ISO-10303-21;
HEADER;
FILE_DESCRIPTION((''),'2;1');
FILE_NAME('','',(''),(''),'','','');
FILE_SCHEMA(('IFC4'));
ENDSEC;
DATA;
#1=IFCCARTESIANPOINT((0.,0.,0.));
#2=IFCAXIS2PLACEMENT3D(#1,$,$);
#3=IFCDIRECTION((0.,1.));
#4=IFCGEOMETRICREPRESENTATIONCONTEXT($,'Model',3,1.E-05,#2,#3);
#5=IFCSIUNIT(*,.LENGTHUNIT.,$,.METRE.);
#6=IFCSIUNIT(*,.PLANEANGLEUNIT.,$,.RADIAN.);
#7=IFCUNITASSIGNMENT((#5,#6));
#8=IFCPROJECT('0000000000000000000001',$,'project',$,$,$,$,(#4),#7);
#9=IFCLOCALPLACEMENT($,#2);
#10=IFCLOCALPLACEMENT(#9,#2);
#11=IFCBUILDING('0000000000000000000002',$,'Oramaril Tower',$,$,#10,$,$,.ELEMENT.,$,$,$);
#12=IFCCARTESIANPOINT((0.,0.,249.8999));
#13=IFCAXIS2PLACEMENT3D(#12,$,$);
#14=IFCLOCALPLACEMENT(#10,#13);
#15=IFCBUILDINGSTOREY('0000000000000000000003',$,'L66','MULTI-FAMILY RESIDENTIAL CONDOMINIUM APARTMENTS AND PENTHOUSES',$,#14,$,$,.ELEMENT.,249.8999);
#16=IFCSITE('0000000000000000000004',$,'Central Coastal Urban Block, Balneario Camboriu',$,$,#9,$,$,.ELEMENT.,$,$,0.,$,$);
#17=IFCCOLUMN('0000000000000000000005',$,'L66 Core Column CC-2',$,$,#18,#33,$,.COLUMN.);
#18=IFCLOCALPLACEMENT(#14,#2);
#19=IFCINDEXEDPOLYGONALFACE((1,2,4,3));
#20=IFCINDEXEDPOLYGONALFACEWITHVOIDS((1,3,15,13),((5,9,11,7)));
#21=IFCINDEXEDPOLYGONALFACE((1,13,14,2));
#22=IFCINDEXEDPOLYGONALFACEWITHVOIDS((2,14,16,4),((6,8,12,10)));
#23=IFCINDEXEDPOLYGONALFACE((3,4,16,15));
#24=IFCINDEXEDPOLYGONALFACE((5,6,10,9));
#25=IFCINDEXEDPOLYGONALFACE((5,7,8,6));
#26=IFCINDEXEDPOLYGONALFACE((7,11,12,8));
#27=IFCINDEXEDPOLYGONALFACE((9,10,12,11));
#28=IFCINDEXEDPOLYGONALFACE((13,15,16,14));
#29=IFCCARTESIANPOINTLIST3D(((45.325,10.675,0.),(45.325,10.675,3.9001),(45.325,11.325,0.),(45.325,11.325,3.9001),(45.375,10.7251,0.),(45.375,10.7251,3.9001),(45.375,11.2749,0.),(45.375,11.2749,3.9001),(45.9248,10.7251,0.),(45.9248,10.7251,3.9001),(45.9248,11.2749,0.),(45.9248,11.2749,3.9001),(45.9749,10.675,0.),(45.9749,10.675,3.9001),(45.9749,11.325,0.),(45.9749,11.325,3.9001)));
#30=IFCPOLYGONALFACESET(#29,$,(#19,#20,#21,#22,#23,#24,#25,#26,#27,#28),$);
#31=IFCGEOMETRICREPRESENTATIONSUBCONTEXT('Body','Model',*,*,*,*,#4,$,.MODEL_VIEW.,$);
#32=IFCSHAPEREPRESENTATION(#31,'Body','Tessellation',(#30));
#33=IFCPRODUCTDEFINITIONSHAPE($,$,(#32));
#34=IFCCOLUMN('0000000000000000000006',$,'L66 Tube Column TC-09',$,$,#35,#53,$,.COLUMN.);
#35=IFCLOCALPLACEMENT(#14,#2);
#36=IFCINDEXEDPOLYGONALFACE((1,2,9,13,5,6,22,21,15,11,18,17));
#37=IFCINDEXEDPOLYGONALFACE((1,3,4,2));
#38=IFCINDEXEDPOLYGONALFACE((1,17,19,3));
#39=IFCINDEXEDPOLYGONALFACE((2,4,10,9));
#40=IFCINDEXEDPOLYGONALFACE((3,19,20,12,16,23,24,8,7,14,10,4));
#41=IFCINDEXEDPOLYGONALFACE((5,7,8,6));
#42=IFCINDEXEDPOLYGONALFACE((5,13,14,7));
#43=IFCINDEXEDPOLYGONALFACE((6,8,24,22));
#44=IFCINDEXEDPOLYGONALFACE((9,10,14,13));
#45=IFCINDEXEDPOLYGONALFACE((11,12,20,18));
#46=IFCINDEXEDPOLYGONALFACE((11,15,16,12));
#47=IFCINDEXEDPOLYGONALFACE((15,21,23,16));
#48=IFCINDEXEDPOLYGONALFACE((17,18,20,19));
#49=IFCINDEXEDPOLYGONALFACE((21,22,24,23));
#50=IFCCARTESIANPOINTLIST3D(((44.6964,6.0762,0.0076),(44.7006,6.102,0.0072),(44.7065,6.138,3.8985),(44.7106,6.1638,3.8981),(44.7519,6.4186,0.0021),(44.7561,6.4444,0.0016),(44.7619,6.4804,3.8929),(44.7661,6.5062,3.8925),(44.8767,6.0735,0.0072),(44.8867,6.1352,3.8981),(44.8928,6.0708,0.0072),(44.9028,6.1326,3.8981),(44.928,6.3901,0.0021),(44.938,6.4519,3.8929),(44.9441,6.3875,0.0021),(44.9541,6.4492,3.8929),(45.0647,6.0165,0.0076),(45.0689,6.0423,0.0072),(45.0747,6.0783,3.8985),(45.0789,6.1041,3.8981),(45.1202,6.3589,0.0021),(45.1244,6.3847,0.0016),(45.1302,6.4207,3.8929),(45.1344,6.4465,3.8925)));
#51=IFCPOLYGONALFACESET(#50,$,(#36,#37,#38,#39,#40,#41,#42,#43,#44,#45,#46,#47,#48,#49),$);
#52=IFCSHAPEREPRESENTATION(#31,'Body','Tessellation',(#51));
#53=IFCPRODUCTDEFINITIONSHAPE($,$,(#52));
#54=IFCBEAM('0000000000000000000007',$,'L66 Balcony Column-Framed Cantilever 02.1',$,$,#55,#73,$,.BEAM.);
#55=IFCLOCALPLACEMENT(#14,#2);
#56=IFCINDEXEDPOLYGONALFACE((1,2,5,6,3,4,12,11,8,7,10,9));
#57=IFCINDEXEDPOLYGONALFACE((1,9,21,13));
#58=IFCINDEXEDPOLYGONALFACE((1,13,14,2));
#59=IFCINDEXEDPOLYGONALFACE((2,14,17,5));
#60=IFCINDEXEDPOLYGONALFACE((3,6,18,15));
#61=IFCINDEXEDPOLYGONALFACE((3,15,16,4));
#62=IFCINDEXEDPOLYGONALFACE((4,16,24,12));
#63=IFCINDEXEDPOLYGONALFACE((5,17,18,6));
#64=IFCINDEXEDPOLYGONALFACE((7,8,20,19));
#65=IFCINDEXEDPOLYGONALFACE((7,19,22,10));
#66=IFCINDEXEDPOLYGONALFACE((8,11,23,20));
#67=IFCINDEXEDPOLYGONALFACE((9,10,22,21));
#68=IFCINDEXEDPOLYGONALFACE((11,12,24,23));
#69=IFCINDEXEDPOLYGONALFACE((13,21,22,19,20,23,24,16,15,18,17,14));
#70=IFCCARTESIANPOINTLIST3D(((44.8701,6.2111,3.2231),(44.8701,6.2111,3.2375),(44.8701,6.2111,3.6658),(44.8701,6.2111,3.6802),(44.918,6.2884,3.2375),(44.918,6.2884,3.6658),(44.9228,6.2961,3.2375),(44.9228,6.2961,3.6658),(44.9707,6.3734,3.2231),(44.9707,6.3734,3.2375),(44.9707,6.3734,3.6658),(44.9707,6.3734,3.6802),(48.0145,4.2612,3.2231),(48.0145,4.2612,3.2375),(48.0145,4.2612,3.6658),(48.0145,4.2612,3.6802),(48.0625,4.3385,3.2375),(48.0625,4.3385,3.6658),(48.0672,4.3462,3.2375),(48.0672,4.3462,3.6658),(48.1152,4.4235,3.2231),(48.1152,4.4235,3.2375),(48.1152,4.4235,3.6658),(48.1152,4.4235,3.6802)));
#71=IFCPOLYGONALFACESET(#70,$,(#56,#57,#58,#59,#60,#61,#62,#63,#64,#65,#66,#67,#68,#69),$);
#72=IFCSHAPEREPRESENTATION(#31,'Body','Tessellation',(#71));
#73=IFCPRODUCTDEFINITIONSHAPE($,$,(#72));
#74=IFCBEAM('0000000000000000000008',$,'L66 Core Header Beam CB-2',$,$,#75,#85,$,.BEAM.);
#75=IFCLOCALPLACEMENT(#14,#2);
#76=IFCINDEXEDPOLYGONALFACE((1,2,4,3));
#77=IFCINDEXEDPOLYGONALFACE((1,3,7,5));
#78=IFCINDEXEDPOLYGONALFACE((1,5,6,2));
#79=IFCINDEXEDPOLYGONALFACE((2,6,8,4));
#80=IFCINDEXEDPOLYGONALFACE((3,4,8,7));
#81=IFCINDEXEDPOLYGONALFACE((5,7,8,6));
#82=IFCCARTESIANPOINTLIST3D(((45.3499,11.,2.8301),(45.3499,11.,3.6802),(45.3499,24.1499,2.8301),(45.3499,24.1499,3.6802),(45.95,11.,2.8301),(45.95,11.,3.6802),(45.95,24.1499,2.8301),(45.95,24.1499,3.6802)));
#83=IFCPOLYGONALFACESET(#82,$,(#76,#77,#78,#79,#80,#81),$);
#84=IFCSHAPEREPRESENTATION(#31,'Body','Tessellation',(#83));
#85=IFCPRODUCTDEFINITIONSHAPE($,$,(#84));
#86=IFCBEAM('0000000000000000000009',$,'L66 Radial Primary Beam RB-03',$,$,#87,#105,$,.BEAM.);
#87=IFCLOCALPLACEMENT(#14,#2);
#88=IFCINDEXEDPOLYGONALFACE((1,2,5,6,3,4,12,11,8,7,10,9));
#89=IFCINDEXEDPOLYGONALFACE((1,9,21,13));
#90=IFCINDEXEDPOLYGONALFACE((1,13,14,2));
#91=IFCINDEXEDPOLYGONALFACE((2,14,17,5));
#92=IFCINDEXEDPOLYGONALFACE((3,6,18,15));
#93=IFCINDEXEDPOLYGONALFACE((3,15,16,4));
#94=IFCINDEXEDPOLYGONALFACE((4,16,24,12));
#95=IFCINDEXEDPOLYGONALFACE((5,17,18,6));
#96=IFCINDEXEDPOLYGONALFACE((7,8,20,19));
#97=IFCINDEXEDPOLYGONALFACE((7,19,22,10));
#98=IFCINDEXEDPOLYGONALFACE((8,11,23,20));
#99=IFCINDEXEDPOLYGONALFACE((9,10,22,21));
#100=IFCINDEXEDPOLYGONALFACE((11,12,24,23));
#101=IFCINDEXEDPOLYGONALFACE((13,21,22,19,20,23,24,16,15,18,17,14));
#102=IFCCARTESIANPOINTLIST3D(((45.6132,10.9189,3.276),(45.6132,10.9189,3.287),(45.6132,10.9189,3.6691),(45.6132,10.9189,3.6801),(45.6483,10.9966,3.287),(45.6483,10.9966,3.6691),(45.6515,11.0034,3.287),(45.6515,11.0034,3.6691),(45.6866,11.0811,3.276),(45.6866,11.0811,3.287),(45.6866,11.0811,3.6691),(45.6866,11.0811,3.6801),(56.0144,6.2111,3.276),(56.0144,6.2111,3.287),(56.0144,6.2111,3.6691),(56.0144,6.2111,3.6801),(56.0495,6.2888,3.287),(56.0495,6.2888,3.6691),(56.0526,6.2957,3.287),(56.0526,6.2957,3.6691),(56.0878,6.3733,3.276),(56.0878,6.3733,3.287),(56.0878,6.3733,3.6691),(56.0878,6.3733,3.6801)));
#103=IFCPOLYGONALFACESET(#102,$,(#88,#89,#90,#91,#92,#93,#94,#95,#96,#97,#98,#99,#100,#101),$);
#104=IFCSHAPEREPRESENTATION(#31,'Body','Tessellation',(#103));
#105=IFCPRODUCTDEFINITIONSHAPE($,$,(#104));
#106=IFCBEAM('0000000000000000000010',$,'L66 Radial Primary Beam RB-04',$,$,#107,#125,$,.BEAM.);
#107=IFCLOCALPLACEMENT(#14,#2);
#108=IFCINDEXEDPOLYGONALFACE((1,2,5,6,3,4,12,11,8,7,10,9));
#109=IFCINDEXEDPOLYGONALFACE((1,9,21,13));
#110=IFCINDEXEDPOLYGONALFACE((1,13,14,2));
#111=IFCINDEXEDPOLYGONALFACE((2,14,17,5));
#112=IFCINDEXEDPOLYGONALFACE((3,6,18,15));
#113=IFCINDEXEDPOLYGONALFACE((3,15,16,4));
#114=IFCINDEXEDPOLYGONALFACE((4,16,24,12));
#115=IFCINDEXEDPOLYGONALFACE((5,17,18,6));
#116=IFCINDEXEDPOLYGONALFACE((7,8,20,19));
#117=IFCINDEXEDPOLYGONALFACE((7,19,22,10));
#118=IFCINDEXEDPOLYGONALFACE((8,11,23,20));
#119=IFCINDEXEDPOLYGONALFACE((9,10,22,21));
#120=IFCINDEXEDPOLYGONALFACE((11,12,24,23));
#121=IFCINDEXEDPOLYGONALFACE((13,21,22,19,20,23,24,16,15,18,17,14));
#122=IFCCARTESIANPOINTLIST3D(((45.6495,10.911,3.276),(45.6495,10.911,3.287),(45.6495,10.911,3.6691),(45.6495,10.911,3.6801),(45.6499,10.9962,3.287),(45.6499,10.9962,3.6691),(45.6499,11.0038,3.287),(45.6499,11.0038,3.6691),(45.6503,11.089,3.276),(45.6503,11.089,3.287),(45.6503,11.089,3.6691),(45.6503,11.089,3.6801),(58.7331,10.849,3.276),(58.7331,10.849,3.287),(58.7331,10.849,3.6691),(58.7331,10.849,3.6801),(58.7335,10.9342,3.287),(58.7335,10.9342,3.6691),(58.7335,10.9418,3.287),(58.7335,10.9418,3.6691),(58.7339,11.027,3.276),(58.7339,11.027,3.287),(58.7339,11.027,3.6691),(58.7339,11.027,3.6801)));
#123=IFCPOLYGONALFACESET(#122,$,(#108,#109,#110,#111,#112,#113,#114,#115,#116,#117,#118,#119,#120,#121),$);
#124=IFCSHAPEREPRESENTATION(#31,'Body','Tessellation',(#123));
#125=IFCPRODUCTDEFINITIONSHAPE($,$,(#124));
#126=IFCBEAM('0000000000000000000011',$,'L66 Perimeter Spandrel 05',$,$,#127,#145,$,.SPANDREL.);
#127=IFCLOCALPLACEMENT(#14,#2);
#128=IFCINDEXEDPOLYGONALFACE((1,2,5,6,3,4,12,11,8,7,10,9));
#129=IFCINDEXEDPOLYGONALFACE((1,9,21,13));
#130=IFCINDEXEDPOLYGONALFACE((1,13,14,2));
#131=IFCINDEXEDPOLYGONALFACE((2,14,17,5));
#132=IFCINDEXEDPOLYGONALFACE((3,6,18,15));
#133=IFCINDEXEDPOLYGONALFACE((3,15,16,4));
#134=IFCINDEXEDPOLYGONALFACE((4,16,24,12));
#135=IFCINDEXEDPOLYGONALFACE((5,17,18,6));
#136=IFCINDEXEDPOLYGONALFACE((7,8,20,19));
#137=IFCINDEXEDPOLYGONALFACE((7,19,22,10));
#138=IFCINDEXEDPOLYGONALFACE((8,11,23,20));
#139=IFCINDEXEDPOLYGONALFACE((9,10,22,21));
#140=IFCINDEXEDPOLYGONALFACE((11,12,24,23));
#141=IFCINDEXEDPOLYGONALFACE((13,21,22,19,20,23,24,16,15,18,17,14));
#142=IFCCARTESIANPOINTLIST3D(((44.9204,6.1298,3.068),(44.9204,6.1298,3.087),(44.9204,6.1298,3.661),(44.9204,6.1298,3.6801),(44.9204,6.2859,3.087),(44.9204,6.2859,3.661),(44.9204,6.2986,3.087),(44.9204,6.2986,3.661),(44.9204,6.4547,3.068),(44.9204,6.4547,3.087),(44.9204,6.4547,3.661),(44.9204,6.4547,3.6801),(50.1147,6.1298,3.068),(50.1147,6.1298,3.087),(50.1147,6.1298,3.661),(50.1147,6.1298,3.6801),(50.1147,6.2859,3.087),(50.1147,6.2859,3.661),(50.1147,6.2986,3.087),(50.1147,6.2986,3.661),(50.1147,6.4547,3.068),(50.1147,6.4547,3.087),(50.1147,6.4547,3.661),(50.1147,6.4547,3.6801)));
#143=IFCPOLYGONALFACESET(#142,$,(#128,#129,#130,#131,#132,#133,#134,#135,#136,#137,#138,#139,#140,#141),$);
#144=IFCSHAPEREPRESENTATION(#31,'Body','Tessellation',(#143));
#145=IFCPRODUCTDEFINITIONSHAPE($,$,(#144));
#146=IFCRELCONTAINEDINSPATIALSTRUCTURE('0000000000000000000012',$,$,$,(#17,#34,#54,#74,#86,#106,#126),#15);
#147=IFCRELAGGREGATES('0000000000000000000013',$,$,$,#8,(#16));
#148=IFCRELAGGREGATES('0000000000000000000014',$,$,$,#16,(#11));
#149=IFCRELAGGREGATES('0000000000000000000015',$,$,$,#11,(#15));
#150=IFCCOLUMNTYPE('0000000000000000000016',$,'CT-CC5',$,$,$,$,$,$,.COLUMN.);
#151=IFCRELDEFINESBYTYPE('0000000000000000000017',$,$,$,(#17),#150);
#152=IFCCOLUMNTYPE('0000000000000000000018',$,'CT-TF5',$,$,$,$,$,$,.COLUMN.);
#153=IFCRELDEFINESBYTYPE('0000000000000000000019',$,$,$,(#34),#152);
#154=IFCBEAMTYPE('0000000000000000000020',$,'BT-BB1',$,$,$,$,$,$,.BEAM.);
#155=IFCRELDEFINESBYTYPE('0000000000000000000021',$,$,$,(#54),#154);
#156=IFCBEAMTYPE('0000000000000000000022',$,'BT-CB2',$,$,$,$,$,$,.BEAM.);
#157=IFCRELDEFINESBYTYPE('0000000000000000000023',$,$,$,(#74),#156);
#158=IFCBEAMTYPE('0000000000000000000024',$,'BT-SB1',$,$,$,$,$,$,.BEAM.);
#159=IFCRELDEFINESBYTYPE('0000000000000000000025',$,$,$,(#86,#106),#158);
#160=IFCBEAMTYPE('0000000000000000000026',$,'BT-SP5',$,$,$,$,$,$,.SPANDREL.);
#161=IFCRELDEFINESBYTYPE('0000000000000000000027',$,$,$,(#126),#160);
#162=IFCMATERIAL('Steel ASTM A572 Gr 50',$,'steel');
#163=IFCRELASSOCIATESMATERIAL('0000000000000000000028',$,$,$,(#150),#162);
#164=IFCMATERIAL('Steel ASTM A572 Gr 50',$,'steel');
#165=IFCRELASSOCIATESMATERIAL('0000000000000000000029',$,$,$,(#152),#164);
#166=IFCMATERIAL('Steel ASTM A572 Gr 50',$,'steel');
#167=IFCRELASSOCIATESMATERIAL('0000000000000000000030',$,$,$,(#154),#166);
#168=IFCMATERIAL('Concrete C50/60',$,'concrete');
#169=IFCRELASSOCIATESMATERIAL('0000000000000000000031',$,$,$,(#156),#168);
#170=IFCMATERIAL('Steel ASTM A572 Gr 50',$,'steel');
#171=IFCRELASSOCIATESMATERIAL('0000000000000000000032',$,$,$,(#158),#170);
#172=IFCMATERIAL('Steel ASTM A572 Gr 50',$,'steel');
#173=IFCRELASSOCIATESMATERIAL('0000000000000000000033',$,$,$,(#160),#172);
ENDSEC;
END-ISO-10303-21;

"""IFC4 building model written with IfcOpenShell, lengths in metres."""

from ifc_helpers import new_model, si_unit, direction, frame, origin, origin_2d, place, context, subcontext, project, spatial, rectangle, hollow_rectangle, i_section, extrude, material, material_profile, profile_set, type_object, element, save


model = new_model("IFC4")

# Units and contexts
model_context = context("Model", 3, precision=1e-05, world=origin(), true_north=direction((0.0, 1.0)))
body_context = subcontext(model_context, "Body", "Model", "MODEL_VIEW")
ifc_project = project(units=[si_unit("LENGTHUNIT", "METRE"), si_unit("PLANEANGLEUNIT", "RADIAN")], contexts=[model_context])

# Site, building, storey
site_placement = place(None, origin())
site = spatial("IfcSite", under=ifc_project, at=site_placement, Name="Central Coastal Urban Block, Balneario Camboriu", CompositionType="ELEMENT", RefElevation=0.0)
building_placement = place(site_placement, origin())
building = spatial("IfcBuilding", under=site, at=building_placement, Name="Oramaril Tower", CompositionType="ELEMENT")
storey_placement = place(building_placement, frame((0.0, 0.0, 249.8999)))
storey = spatial("IfcBuildingStorey", under=building, at=storey_placement, Name="L66", Description="MULTI-FAMILY RESIDENTIAL CONDOMINIUM APARTMENTS AND PENTHOUSES", CompositionType="ELEMENT", Elevation=249.8999)

# Columns
ifc_material_1 = material(Name="Steel ASTM A572 Gr 50", Category="steel")
ifc_material_profile_1 = material_profile(ifc_material_1, hollow_rectangle(XDim=0.6499, YDim=0.6499, WallThickness=0.05, at=origin_2d()), Name="BOX650X650X50")
ifc_profile_set_1 = profile_set([ifc_material_profile_1], Name="Steel ASTM A572 Gr 50")
column_type_1 = type_object("IfcColumnType", Name="CT-CC5", PredefinedType="COLUMN", material=ifc_profile_set_1)
column_1_placement = place(storey_placement, frame((45.6499, 11.0, 0.0), z_axis=(0.0, 0.0, 1.0), x_axis=(1.0, 0.0, 0.0)))
element("IfcColumn", 1, at=column_1_placement, inside=storey, type_object=column_type_1, Name="L66 Core Column CC-2", PredefinedType="COLUMN", context=body_context, shape_type="SweptSolid", body=[
    extrude(hollow_rectangle(XDim=0.6499, YDim=0.6499, WallThickness=0.05, at=origin_2d()), origin(), (0.0, 0.0, 1.0), 3.9001),
])
ifc_material_2 = material(Name="Steel ASTM A572 Gr 50", Category="steel")
ifc_material_profile_2 = material_profile(ifc_material_2, i_section(OverallWidth=0.373, OverallDepth=0.373, WebThickness=0.0164, FlangeThickness=0.0261, at=origin_2d()), Name="W14X132")
ifc_profile_set_2 = profile_set([ifc_material_profile_2], Name="Steel ASTM A572 Gr 50")
column_type_2 = type_object("IfcColumnType", Name="CT-TF5", PredefinedType="COLUMN", material=ifc_profile_set_2)
column_2_placement = place(storey_placement, frame((44.9104, 6.2305, 0.0046), z_axis=(0.002572, 0.015873, 0.999871), x_axis=(-0.987122, 0.159968, 0.0)))
element("IfcColumn", 2, at=column_2_placement, inside=storey, type_object=column_type_2, Name="L66 Tube Column TC-09", PredefinedType="COLUMN", context=body_context, shape_type="SweptSolid", body=[
    extrude(i_section(OverallWidth=0.373, OverallDepth=0.373, WebThickness=0.0164, FlangeThickness=0.0261, at=origin_2d()), origin(), (0.0, 0.0, 1.0), 3.8914),
])

# Beams
ifc_material_3 = material(Name="Steel ASTM A572 Gr 50", Category="steel")
ifc_material_profile_3 = material_profile(ifc_material_3, i_section(OverallWidth=0.1909, OverallDepth=0.457, WebThickness=0.009, FlangeThickness=0.0144, at=origin_2d()), Name="W18X50")
ifc_profile_set_3 = profile_set([ifc_material_profile_3], Name="Steel ASTM A572 Gr 50")
beam_type_1 = type_object("IfcBeamType", Name="BT-BB1", PredefinedType="BEAM", material=ifc_profile_set_3)
beam_1_placement = place(storey_placement, frame((44.9204, 6.2922, 3.4517), z_axis=(0.849861, -0.527006, 0.0), x_axis=(0.527006, 0.849861, 0.0)))
element("IfcBeam", 3, at=beam_1_placement, inside=storey, type_object=beam_type_1, Name="L66 Balcony Column-Framed Cantilever 02.1", PredefinedType="BEAM", context=body_context, shape_type="SweptSolid", body=[
    extrude(i_section(OverallWidth=0.1909, OverallDepth=0.457, WebThickness=0.009, FlangeThickness=0.0144, at=origin_2d()), origin(), (0.0, 0.0, 1.0), 3.7),
])
ifc_material_4 = material(Name="Concrete C50/60", Category="concrete")
ifc_material_profile_4 = material_profile(ifc_material_4, rectangle(XDim=0.6001, YDim=0.8501, at=origin_2d()), Name="CB600X850")
ifc_profile_set_4 = profile_set([ifc_material_profile_4], Name="Concrete C50/60")
beam_type_2 = type_object("IfcBeamType", Name="BT-CB2", PredefinedType="BEAM", material=ifc_profile_set_4)
beam_2_placement = place(storey_placement, frame((45.6499, 11.0, 3.2551), z_axis=(0.0, 1.0, 0.0), x_axis=(-1.0, 0.0, 0.0)))
element("IfcBeam", 4, at=beam_2_placement, inside=storey, type_object=beam_type_2, Name="L66 Core Header Beam CB-2", PredefinedType="BEAM", context=body_context, shape_type="SweptSolid", body=[
    extrude(rectangle(XDim=0.6001, YDim=0.8501, at=origin_2d()), origin(), (0.0, 0.0, 1.0), 13.1499),
])
ifc_material_5 = material(Name="Steel ASTM A572 Gr 50", Category="steel")
ifc_material_profile_5 = material_profile(ifc_material_5, i_section(OverallWidth=0.178, OverallDepth=0.4041, WebThickness=0.0076, FlangeThickness=0.011, at=origin_2d()), Name="W16X36")
ifc_profile_set_5 = profile_set([ifc_material_profile_5], Name="Steel ASTM A572 Gr 50")
beam_type_3 = type_object("IfcBeamType", Name="BT-SB1", PredefinedType="BEAM", material=ifc_profile_set_5)
beam_3_placement = place(storey_placement, frame((45.6499, 11.0, 3.478), z_axis=(0.911026, -0.412349, 0.0), x_axis=(0.412349, 0.911026, 0.0)))
element("IfcBeam", 5, at=beam_3_placement, inside=storey, type_object=beam_type_3, Name="L66 Radial Primary Beam RB-03", PredefinedType="BEAM", context=body_context, shape_type="SweptSolid", body=[
    extrude(i_section(OverallWidth=0.178, OverallDepth=0.4041, WebThickness=0.0076, FlangeThickness=0.011, at=origin_2d()), origin(), (0.0, 0.0, 1.0), 11.417),
])
beam_4_placement = place(storey_placement, frame((45.6499, 11.0, 3.478), z_axis=(0.999989, -0.00474, 0.0), x_axis=(0.00474, 0.999989, 0.0)))
element("IfcBeam", 6, at=beam_4_placement, inside=storey, type_object=beam_type_3, Name="L66 Radial Primary Beam RB-04", PredefinedType="BEAM", context=body_context, shape_type="SweptSolid", body=[
    extrude(i_section(OverallWidth=0.178, OverallDepth=0.4041, WebThickness=0.0076, FlangeThickness=0.011, at=origin_2d()), origin(), (0.0, 0.0, 1.0), 13.0837),
])
ifc_material_6 = material(Name="Steel ASTM A572 Gr 50", Category="steel")
ifc_material_profile_6 = material_profile(ifc_material_6, i_section(OverallWidth=0.325, OverallDepth=0.6121, WebThickness=0.0127, FlangeThickness=0.019, at=origin_2d()), Name="W24X104")
ifc_profile_set_6 = profile_set([ifc_material_profile_6], Name="Steel ASTM A572 Gr 50")
beam_type_4 = type_object("IfcBeamType", Name="BT-SP5", PredefinedType="SPANDREL", material=ifc_profile_set_6)
beam_5_placement = place(storey_placement, frame((44.9204, 6.2922, 3.374), z_axis=(1.0, 0.0, 0.0), x_axis=(0.0, 1.0, 0.0)))
element("IfcBeam", 7, at=beam_5_placement, inside=storey, type_object=beam_type_4, Name="L66 Perimeter Spandrel 05", PredefinedType="SPANDREL", context=body_context, shape_type="SweptSolid", body=[
    extrude(i_section(OverallWidth=0.325, OverallDepth=0.6121, WebThickness=0.0127, FlangeThickness=0.019, at=origin_2d()), origin(), (0.0, 0.0, 1.0), 5.1943),
])

save(model, "model.ifc")
